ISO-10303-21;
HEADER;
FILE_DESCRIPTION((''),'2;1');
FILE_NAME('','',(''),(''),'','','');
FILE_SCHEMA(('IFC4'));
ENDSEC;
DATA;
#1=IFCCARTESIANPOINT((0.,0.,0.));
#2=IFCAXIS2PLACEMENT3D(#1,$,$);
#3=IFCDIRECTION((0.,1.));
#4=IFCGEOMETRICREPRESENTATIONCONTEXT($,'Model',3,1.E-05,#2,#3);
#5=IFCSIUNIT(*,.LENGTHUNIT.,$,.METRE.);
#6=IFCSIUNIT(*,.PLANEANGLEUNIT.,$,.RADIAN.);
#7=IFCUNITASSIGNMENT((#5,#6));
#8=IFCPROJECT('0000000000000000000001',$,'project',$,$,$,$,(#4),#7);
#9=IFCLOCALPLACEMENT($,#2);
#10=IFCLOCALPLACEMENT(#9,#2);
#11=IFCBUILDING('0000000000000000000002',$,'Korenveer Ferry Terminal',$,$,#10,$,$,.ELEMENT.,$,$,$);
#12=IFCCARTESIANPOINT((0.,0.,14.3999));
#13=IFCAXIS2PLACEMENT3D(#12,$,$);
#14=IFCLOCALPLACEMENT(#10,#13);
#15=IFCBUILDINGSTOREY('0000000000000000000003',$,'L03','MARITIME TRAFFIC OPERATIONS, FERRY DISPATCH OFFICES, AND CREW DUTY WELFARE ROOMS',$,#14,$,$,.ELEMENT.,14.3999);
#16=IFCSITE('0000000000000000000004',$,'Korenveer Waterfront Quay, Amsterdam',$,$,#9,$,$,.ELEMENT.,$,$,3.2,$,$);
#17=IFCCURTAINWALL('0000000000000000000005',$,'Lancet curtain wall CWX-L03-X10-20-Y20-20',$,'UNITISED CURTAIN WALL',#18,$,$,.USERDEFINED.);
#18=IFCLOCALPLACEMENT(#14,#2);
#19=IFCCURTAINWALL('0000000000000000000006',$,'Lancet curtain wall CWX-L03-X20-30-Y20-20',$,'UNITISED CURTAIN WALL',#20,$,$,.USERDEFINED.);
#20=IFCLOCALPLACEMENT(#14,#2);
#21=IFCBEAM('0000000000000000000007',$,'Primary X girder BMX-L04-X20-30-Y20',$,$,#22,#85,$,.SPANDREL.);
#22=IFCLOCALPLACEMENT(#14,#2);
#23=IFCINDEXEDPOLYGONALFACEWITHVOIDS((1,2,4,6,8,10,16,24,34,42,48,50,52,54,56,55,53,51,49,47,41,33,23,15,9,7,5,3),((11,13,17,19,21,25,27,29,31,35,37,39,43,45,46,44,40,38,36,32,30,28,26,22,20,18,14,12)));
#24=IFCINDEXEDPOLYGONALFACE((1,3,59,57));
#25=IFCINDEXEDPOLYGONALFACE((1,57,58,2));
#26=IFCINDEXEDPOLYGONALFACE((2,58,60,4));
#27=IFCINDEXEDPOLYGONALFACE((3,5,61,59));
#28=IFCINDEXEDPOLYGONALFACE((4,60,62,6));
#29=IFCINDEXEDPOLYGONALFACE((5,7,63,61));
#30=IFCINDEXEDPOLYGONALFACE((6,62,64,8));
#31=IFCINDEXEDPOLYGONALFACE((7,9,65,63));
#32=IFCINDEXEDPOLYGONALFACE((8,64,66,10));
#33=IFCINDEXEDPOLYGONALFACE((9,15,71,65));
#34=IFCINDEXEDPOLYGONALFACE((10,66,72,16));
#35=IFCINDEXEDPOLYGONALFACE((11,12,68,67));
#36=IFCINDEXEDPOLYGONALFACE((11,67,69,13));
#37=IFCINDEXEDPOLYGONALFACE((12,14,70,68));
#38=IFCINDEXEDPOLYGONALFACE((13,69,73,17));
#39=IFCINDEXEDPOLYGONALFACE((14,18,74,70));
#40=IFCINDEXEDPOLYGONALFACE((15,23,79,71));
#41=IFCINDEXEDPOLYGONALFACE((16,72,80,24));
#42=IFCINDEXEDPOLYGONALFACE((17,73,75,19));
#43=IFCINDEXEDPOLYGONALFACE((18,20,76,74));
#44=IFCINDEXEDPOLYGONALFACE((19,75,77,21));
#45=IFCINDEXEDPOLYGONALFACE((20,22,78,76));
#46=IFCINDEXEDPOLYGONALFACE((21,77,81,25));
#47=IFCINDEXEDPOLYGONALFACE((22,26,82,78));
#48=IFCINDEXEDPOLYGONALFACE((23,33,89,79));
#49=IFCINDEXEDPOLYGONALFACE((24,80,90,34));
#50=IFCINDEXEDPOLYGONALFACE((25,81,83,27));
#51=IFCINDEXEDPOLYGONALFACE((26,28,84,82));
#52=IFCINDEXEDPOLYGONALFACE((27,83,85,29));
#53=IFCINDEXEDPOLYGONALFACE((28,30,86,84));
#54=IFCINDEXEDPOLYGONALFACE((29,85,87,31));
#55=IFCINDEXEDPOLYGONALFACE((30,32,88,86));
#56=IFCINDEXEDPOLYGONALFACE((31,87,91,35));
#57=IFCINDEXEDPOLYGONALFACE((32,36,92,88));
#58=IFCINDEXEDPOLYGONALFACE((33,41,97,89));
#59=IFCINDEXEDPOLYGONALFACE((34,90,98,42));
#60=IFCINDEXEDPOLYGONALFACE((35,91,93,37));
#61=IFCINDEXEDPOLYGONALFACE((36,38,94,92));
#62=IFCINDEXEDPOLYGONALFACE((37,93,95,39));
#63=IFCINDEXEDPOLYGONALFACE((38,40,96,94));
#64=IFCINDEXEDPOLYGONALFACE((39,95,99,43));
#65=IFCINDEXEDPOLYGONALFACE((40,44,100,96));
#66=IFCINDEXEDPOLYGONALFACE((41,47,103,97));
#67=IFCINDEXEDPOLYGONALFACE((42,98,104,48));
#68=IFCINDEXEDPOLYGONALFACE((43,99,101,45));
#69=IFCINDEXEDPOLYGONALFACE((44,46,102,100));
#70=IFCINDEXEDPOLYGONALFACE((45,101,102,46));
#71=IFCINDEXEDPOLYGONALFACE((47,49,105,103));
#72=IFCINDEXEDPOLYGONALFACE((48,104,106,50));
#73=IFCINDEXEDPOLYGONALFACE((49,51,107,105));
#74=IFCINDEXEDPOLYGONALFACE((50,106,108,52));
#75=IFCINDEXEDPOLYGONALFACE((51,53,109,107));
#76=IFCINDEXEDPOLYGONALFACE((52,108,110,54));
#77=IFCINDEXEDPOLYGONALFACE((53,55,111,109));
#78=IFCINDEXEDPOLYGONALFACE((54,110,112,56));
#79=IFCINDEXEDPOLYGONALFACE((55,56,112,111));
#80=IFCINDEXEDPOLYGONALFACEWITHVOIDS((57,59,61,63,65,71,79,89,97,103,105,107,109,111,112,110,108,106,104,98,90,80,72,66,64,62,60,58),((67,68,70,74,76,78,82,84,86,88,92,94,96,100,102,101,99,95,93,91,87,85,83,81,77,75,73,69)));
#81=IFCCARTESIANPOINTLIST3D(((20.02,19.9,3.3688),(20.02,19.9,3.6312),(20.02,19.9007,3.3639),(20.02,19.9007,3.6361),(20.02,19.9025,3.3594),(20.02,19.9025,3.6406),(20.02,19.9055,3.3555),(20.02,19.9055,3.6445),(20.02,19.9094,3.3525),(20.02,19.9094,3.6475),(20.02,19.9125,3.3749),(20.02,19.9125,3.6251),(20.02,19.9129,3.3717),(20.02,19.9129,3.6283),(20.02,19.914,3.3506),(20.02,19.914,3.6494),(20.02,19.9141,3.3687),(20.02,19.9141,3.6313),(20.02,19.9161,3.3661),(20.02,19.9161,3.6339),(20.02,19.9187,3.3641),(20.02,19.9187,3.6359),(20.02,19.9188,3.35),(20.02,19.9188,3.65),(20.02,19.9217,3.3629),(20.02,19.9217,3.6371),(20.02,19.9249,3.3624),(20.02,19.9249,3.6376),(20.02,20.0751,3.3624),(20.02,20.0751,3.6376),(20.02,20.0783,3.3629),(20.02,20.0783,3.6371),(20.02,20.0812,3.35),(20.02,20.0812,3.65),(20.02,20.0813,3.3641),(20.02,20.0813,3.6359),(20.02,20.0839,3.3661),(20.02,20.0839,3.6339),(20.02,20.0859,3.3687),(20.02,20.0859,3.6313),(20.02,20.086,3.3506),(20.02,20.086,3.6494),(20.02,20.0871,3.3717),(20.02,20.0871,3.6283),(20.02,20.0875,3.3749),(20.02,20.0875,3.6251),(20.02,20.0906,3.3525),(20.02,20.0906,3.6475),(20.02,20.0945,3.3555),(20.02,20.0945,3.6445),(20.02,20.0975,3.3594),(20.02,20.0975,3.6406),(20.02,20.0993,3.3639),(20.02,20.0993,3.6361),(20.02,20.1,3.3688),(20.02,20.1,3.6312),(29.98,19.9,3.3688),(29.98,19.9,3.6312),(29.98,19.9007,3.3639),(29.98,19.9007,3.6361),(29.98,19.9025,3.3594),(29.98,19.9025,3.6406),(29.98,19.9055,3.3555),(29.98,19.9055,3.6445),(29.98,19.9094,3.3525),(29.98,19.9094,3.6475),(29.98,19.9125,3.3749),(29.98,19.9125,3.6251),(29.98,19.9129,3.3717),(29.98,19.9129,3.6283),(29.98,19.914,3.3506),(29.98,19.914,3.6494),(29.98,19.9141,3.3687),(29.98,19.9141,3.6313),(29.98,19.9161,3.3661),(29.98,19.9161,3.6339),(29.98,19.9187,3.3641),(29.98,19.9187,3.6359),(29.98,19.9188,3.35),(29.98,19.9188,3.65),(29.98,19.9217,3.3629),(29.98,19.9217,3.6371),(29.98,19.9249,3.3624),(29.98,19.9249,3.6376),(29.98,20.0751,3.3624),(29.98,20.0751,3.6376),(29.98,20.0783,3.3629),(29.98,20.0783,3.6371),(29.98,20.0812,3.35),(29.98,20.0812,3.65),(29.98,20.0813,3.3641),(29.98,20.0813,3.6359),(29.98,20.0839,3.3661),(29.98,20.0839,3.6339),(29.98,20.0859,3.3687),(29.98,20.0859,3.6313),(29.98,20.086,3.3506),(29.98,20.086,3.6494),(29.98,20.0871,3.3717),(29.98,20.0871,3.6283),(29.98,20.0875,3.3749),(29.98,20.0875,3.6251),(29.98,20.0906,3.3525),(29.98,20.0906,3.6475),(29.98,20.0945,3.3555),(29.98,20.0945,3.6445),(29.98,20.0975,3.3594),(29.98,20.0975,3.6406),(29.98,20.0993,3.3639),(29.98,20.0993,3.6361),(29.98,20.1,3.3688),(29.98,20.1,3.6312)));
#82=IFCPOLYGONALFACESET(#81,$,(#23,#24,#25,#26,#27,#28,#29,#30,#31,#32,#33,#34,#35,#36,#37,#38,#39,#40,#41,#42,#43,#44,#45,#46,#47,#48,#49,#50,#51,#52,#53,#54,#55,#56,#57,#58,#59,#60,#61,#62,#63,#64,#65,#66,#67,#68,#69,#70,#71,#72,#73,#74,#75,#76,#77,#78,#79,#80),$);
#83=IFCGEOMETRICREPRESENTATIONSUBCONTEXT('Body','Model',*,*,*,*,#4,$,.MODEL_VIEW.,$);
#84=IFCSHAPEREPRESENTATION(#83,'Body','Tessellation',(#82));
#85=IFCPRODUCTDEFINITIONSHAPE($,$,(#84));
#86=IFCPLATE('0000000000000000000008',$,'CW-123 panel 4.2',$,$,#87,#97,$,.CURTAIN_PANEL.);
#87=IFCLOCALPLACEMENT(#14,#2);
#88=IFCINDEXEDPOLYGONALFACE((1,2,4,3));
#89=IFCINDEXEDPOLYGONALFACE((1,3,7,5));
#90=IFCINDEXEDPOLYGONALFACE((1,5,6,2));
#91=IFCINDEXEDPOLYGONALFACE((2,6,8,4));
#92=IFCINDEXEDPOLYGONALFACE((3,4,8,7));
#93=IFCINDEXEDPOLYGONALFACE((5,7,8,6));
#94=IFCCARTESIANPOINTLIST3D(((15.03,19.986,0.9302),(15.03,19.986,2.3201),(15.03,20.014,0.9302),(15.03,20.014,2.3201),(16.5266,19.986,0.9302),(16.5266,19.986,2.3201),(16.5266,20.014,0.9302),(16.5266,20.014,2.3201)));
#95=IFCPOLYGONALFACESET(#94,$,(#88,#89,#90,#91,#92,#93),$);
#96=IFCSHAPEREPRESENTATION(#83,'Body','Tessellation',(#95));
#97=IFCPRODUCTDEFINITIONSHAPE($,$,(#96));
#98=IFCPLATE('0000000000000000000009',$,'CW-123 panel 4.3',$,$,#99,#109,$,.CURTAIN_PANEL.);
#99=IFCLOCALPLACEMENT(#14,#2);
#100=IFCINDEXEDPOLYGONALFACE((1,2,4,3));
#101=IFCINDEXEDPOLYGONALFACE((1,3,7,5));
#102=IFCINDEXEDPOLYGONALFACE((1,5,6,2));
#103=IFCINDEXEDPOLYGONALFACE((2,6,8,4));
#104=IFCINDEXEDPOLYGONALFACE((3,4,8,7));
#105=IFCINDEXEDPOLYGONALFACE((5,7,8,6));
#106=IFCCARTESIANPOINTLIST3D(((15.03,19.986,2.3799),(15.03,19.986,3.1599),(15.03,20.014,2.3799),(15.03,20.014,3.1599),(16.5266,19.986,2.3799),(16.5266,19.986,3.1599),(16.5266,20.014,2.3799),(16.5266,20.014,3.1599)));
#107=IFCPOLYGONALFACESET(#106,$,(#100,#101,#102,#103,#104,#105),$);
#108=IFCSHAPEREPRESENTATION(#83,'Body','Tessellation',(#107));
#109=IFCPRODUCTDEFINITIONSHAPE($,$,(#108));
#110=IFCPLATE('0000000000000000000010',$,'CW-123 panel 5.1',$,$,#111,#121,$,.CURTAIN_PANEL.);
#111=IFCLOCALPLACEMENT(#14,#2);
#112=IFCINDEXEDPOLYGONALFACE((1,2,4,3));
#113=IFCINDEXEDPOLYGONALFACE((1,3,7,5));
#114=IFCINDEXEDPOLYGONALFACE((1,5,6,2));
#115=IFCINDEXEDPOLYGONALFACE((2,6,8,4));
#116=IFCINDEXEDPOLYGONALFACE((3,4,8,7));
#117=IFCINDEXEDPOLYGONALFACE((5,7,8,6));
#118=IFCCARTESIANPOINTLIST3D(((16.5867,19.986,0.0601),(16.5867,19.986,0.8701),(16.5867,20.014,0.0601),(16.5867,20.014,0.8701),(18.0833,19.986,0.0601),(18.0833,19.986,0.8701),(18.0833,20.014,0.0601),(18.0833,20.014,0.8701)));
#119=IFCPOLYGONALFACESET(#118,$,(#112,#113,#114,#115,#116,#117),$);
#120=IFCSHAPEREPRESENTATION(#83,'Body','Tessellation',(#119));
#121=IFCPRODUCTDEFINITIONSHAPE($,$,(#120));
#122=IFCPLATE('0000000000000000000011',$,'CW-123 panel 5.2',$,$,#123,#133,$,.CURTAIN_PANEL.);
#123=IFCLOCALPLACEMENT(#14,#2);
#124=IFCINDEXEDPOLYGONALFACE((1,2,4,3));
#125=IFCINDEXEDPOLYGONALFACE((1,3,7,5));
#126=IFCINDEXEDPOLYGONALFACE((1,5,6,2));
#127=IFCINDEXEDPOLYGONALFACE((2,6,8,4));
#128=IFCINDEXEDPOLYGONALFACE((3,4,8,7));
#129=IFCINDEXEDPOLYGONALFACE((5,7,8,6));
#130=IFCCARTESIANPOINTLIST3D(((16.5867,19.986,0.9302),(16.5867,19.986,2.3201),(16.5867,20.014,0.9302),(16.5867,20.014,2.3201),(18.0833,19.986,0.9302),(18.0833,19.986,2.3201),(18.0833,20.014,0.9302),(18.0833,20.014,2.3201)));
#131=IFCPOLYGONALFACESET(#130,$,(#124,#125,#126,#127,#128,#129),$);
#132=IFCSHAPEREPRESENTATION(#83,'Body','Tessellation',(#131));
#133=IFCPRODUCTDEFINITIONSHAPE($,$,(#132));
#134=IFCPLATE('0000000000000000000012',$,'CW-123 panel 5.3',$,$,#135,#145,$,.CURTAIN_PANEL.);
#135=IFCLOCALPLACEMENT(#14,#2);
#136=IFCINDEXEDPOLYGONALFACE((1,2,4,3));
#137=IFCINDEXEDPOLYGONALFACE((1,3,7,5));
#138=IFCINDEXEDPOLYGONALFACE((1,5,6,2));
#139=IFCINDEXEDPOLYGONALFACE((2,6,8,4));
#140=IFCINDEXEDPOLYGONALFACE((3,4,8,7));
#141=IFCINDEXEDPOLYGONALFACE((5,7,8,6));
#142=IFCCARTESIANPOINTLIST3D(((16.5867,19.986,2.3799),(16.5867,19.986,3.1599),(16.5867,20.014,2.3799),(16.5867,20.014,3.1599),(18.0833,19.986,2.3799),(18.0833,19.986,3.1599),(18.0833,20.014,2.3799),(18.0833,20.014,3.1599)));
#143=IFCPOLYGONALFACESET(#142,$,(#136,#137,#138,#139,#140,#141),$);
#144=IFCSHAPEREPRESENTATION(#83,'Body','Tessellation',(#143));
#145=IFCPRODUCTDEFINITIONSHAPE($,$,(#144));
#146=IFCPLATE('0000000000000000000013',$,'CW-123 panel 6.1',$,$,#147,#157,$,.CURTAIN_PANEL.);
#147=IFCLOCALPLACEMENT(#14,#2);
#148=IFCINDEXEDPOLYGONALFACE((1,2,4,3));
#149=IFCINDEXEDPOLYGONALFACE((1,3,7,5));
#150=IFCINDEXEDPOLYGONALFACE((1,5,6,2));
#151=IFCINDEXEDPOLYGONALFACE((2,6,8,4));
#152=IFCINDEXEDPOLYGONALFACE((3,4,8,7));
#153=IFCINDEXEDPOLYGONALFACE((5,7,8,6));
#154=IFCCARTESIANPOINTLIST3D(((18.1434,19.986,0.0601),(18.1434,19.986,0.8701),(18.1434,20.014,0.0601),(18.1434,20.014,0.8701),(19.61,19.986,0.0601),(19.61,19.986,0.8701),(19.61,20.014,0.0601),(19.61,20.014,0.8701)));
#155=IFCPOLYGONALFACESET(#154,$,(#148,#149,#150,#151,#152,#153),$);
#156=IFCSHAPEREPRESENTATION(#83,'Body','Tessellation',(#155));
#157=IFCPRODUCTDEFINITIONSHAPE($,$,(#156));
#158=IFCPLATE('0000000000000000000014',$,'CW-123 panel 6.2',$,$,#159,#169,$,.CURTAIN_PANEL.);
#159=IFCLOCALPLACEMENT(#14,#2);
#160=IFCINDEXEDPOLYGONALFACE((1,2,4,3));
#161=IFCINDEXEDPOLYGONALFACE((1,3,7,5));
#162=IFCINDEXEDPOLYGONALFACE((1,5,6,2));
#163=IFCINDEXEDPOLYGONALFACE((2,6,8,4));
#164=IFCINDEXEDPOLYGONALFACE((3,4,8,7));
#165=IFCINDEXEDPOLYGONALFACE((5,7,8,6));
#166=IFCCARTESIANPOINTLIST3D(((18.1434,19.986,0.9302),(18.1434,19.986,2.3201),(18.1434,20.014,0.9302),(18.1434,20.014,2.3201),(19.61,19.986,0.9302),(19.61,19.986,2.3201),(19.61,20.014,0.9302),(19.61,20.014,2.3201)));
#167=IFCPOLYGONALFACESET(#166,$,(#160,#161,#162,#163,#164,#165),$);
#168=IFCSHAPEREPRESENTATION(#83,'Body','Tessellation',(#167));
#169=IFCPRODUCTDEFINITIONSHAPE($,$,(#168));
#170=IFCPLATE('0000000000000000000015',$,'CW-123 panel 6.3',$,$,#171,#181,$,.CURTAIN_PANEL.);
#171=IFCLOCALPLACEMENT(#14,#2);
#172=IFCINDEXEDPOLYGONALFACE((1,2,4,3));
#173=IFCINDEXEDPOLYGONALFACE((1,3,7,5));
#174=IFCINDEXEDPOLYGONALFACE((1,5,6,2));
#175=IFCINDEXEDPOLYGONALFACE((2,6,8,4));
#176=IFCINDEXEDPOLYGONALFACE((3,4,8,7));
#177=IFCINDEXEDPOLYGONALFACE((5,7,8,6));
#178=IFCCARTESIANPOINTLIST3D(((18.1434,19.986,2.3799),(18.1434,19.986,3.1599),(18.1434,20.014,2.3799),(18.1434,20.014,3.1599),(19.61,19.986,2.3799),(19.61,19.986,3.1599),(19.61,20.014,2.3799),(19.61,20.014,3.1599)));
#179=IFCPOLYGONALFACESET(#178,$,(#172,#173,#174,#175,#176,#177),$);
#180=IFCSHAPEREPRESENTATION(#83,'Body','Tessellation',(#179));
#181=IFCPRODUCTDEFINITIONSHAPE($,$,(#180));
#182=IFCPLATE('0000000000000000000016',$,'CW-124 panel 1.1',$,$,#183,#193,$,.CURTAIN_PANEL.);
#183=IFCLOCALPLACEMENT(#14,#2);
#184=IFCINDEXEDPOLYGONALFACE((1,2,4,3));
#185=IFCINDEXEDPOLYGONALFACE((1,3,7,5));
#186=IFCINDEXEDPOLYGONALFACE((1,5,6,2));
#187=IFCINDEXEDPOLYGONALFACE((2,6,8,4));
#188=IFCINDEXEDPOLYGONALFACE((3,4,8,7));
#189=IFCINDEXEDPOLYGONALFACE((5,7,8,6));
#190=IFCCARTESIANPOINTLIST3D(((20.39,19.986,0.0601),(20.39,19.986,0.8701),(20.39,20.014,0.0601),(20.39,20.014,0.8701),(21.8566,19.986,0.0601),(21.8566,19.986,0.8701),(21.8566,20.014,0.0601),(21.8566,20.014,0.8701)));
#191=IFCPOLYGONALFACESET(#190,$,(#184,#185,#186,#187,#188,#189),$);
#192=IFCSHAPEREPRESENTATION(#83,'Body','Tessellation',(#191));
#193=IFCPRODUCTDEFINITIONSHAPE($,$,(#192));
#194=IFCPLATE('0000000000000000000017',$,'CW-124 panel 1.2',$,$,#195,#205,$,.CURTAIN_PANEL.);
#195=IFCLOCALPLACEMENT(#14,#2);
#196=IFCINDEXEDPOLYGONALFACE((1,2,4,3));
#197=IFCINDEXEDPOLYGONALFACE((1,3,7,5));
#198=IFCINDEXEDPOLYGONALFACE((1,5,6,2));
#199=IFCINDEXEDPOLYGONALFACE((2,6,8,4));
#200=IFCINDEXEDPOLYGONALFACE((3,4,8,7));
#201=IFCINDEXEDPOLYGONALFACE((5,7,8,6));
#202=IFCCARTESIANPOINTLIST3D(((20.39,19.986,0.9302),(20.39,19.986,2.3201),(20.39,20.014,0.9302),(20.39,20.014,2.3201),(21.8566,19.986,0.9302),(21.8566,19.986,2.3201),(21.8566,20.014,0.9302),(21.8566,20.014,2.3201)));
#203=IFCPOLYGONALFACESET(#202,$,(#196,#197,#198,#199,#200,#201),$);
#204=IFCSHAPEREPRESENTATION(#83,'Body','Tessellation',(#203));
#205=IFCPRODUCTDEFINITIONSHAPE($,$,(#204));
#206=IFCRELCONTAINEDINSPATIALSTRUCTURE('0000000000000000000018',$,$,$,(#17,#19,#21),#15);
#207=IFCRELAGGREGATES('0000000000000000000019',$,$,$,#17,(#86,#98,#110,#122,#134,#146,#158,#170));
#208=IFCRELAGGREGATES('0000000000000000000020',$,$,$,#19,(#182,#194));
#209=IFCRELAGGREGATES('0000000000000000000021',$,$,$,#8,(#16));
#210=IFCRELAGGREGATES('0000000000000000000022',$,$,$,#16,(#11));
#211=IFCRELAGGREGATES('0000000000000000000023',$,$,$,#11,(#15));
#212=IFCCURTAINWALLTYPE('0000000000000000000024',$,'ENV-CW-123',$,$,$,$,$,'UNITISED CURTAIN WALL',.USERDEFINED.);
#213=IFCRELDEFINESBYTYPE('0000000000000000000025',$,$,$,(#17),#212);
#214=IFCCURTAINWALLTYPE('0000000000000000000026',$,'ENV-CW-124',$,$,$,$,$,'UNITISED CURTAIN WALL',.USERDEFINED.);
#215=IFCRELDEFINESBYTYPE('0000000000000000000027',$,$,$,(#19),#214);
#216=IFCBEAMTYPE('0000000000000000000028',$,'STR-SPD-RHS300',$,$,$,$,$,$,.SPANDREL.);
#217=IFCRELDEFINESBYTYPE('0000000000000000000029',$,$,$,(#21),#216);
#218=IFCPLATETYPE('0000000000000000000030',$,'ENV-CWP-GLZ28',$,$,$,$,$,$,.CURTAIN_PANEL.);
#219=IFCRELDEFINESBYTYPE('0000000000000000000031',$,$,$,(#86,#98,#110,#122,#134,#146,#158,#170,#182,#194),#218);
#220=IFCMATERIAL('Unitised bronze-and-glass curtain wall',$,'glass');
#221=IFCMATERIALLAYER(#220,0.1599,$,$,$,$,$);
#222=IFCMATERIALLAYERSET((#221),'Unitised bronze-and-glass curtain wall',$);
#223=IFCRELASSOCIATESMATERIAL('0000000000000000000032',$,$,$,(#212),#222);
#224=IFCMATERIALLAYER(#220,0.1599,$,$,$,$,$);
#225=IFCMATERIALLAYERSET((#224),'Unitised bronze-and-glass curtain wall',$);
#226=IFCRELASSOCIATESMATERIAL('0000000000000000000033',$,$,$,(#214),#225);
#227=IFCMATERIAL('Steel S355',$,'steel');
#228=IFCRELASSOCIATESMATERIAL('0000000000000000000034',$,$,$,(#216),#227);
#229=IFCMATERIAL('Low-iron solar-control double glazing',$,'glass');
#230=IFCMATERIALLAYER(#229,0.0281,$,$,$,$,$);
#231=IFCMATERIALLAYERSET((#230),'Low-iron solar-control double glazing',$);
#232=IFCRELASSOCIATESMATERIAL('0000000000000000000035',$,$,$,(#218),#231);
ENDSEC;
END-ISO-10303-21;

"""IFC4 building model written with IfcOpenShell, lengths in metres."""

from ifc_helpers import new_model, si_unit, direction, frame, origin, origin_2d, place, context, subcontext, project, spatial, rectangle, hollow_rectangle, extrude, material, layer, layer_set, material_profile, profile_set, type_object, element, aggregate, save


model = new_model("IFC4")

# Units and contexts
model_context = context("Model", 3, precision=1e-05, world=origin(), true_north=direction((0.0, 1.0)))
body_context = subcontext(model_context, "Body", "Model", "MODEL_VIEW")
ifc_project = project(units=[si_unit("LENGTHUNIT", "METRE"), si_unit("PLANEANGLEUNIT", "RADIAN")], contexts=[model_context])

# Site, building, storey
site_placement = place(None, origin())
site = spatial("IfcSite", under=ifc_project, at=site_placement, Name="Korenveer Waterfront Quay, Amsterdam", CompositionType="ELEMENT", RefElevation=3.2)
building_placement = place(site_placement, origin())
building = spatial("IfcBuilding", under=site, at=building_placement, Name="Korenveer Ferry Terminal", CompositionType="ELEMENT")
storey_placement = place(building_placement, frame((0.0, 0.0, 14.3999)))
storey = spatial("IfcBuildingStorey", under=building, at=storey_placement, Name="L03", Description="MARITIME TRAFFIC OPERATIONS, FERRY DISPATCH OFFICES, AND CREW DUTY WELFARE ROOMS", CompositionType="ELEMENT", Elevation=14.3999)

# Curtain walls
ifc_material_1 = material(Name="Unitised bronze-and-glass curtain wall", Category="glass")
ifc_layer_1 = layer(ifc_material_1, 0.1599)
ifc_layer_set_1 = layer_set([ifc_layer_1], Name="Unitised bronze-and-glass curtain wall")
curtain_wall_type_1 = type_object("IfcCurtainWallType", Name="ENV-CW-123", ElementType="UNITISED CURTAIN WALL", PredefinedType="USERDEFINED", material=ifc_layer_set_1)
curtain_wall_1_placement = place(storey_placement, frame((10.3301, 20.0, 0.0)))
curtain_wall_1 = element("IfcCurtainWall", 1, at=curtain_wall_1_placement, inside=storey, type_object=curtain_wall_type_1, Name="Lancet curtain wall CWX-L03-X10-20-Y20-20", ObjectType="UNITISED CURTAIN WALL", PredefinedType="USERDEFINED")
ifc_layer_2 = layer(ifc_material_1, 0.1599)
ifc_layer_set_2 = layer_set([ifc_layer_2], Name="Unitised bronze-and-glass curtain wall")
curtain_wall_type_2 = type_object("IfcCurtainWallType", Name="ENV-CW-124", ElementType="UNITISED CURTAIN WALL", PredefinedType="USERDEFINED", material=ifc_layer_set_2)
curtain_wall_2_placement = place(storey_placement, frame((20.3301, 20.0, 0.0)))
curtain_wall_2 = element("IfcCurtainWall", 2, at=curtain_wall_2_placement, inside=storey, type_object=curtain_wall_type_2, Name="Lancet curtain wall CWX-L03-X20-30-Y20-20", ObjectType="UNITISED CURTAIN WALL", PredefinedType="USERDEFINED")

# Beam
ifc_material_2 = material(Name="Steel S355", Category="steel")
ifc_material_profile_1 = material_profile(ifc_material_2, hollow_rectangle(XDim=0.2, YDim=0.3, WallThickness=0.0125, InnerFilletRadius=0.0125, OuterFilletRadius=0.0188, at=origin_2d()), Name="RHS 300x200x12.5")
ifc_profile_set_1 = profile_set([ifc_material_profile_1], Name="Steel S355")
beam_type_1 = type_object("IfcBeamType", Name="STR-SPD-RHS300", PredefinedType="SPANDREL", material=ifc_profile_set_1)
beam_1_placement = place(storey_placement, frame((20.02, 20.0, 3.5), z_axis=(1.0, 0.0, 0.0), x_axis=(0.0, 1.0, 0.0)))
element("IfcBeam", 3, at=beam_1_placement, inside=storey, type_object=beam_type_1, Name="Primary X girder BMX-L04-X20-30-Y20", PredefinedType="SPANDREL", context=body_context, shape_type="SweptSolid", body=[
    extrude(hollow_rectangle(XDim=0.2, YDim=0.3, WallThickness=0.0125, InnerFilletRadius=0.0125, OuterFilletRadius=0.0188, at=origin_2d()), origin(), (0.0, 0.0, 1.0), 9.96),
])

# Plates
ifc_material_3 = material(Name="Low-iron solar-control double glazing", Category="glass")
ifc_layer_3 = layer(ifc_material_3, 0.0281)
ifc_layer_set_3 = layer_set([ifc_layer_3], Name="Low-iron solar-control double glazing")
plate_type = type_object("IfcPlateType", Name="ENV-CWP-GLZ28", PredefinedType="CURTAIN_PANEL", material=ifc_layer_set_3)
plate_1_placement = place(storey_placement, frame((15.7783, 20.0, 0.9302), z_axis=(0.0, 0.0, 1.0), x_axis=(1.0, 0.0, 0.0)))
plate_1 = element("IfcPlate", 4, at=plate_1_placement, type_object=plate_type, Name="CW-123 panel 4.2", PredefinedType="CURTAIN_PANEL", context=body_context, shape_type="SweptSolid", body=[
    extrude(rectangle(XDim=1.4966, YDim=0.0281, at=origin_2d()), origin(), (0.0, 0.0, 1.0), 1.3899),
])
plate_2_placement = place(storey_placement, frame((15.7783, 20.0, 2.3799), z_axis=(0.0, 0.0, 1.0), x_axis=(1.0, 0.0, 0.0)))
plate_2 = element("IfcPlate", 5, at=plate_2_placement, type_object=plate_type, Name="CW-123 panel 4.3", PredefinedType="CURTAIN_PANEL", context=body_context, shape_type="SweptSolid", body=[
    extrude(rectangle(XDim=1.4966, YDim=0.0281, at=origin_2d()), origin(), (0.0, 0.0, 1.0), 0.78),
])
plate_3_placement = place(storey_placement, frame((17.335, 20.0, 0.0601), z_axis=(0.0, 0.0, 1.0), x_axis=(1.0, 0.0, 0.0)))
plate_3 = element("IfcPlate", 6, at=plate_3_placement, type_object=plate_type, Name="CW-123 panel 5.1", PredefinedType="CURTAIN_PANEL", context=body_context, shape_type="SweptSolid", body=[
    extrude(rectangle(XDim=1.4966, YDim=0.0281, at=origin_2d()), origin(), (0.0, 0.0, 1.0), 0.8101),
])
plate_4_placement = place(storey_placement, frame((17.335, 20.0, 0.9302), z_axis=(0.0, 0.0, 1.0), x_axis=(1.0, 0.0, 0.0)))
plate_4 = element("IfcPlate", 7, at=plate_4_placement, type_object=plate_type, Name="CW-123 panel 5.2", PredefinedType="CURTAIN_PANEL", context=body_context, shape_type="SweptSolid", body=[
    extrude(rectangle(XDim=1.4966, YDim=0.0281, at=origin_2d()), origin(), (0.0, 0.0, 1.0), 1.3899),
])
plate_5_placement = place(storey_placement, frame((17.335, 20.0, 2.3799), z_axis=(0.0, 0.0, 1.0), x_axis=(1.0, 0.0, 0.0)))
plate_5 = element("IfcPlate", 8, at=plate_5_placement, type_object=plate_type, Name="CW-123 panel 5.3", PredefinedType="CURTAIN_PANEL", context=body_context, shape_type="SweptSolid", body=[
    extrude(rectangle(XDim=1.4966, YDim=0.0281, at=origin_2d()), origin(), (0.0, 0.0, 1.0), 0.78),
])
plate_6_placement = place(storey_placement, frame((18.8767, 20.0, 0.0601), z_axis=(0.0, 0.0, 1.0), x_axis=(1.0, 0.0, 0.0)))
plate_6 = element("IfcPlate", 9, at=plate_6_placement, type_object=plate_type, Name="CW-123 panel 6.1", PredefinedType="CURTAIN_PANEL", context=body_context, shape_type="SweptSolid", body=[
    extrude(rectangle(XDim=1.4666, YDim=0.0281, at=origin_2d()), origin(), (0.0, 0.0, 1.0), 0.8101),
])
plate_7_placement = place(storey_placement, frame((18.8767, 20.0, 0.9302), z_axis=(0.0, 0.0, 1.0), x_axis=(1.0, 0.0, 0.0)))
plate_7 = element("IfcPlate", 10, at=plate_7_placement, type_object=plate_type, Name="CW-123 panel 6.2", PredefinedType="CURTAIN_PANEL", context=body_context, shape_type="SweptSolid", body=[
    extrude(rectangle(XDim=1.4666, YDim=0.0281, at=origin_2d()), origin(), (0.0, 0.0, 1.0), 1.3899),
])
plate_8_placement = place(storey_placement, frame((18.8767, 20.0, 2.3799), z_axis=(0.0, 0.0, 1.0), x_axis=(1.0, 0.0, 0.0)))
plate_8 = element("IfcPlate", 11, at=plate_8_placement, type_object=plate_type, Name="CW-123 panel 6.3", PredefinedType="CURTAIN_PANEL", context=body_context, shape_type="SweptSolid", body=[
    extrude(rectangle(XDim=1.4666, YDim=0.0281, at=origin_2d()), origin(), (0.0, 0.0, 1.0), 0.78),
])
aggregate(curtain_wall_1, [plate_1, plate_2, plate_3, plate_4, plate_5, plate_6, plate_7, plate_8])
plate_9_placement = place(storey_placement, frame((21.1233, 20.0, 0.0601), z_axis=(0.0, 0.0, 1.0), x_axis=(1.0, 0.0, 0.0)))
plate_9 = element("IfcPlate", 12, at=plate_9_placement, type_object=plate_type, Name="CW-124 panel 1.1", PredefinedType="CURTAIN_PANEL", context=body_context, shape_type="SweptSolid", body=[
    extrude(rectangle(XDim=1.4666, YDim=0.0281, at=origin_2d()), origin(), (0.0, 0.0, 1.0), 0.8101),
])
plate_10_placement = place(storey_placement, frame((21.1233, 20.0, 0.9302), z_axis=(0.0, 0.0, 1.0), x_axis=(1.0, 0.0, 0.0)))
plate_10 = element("IfcPlate", 13, at=plate_10_placement, type_object=plate_type, Name="CW-124 panel 1.2", PredefinedType="CURTAIN_PANEL", context=body_context, shape_type="SweptSolid", body=[
    extrude(rectangle(XDim=1.4666, YDim=0.0281, at=origin_2d()), origin(), (0.0, 0.0, 1.0), 1.3899),
])
aggregate(curtain_wall_2, [plate_9, plate_10])

save(model, "model.ifc")
